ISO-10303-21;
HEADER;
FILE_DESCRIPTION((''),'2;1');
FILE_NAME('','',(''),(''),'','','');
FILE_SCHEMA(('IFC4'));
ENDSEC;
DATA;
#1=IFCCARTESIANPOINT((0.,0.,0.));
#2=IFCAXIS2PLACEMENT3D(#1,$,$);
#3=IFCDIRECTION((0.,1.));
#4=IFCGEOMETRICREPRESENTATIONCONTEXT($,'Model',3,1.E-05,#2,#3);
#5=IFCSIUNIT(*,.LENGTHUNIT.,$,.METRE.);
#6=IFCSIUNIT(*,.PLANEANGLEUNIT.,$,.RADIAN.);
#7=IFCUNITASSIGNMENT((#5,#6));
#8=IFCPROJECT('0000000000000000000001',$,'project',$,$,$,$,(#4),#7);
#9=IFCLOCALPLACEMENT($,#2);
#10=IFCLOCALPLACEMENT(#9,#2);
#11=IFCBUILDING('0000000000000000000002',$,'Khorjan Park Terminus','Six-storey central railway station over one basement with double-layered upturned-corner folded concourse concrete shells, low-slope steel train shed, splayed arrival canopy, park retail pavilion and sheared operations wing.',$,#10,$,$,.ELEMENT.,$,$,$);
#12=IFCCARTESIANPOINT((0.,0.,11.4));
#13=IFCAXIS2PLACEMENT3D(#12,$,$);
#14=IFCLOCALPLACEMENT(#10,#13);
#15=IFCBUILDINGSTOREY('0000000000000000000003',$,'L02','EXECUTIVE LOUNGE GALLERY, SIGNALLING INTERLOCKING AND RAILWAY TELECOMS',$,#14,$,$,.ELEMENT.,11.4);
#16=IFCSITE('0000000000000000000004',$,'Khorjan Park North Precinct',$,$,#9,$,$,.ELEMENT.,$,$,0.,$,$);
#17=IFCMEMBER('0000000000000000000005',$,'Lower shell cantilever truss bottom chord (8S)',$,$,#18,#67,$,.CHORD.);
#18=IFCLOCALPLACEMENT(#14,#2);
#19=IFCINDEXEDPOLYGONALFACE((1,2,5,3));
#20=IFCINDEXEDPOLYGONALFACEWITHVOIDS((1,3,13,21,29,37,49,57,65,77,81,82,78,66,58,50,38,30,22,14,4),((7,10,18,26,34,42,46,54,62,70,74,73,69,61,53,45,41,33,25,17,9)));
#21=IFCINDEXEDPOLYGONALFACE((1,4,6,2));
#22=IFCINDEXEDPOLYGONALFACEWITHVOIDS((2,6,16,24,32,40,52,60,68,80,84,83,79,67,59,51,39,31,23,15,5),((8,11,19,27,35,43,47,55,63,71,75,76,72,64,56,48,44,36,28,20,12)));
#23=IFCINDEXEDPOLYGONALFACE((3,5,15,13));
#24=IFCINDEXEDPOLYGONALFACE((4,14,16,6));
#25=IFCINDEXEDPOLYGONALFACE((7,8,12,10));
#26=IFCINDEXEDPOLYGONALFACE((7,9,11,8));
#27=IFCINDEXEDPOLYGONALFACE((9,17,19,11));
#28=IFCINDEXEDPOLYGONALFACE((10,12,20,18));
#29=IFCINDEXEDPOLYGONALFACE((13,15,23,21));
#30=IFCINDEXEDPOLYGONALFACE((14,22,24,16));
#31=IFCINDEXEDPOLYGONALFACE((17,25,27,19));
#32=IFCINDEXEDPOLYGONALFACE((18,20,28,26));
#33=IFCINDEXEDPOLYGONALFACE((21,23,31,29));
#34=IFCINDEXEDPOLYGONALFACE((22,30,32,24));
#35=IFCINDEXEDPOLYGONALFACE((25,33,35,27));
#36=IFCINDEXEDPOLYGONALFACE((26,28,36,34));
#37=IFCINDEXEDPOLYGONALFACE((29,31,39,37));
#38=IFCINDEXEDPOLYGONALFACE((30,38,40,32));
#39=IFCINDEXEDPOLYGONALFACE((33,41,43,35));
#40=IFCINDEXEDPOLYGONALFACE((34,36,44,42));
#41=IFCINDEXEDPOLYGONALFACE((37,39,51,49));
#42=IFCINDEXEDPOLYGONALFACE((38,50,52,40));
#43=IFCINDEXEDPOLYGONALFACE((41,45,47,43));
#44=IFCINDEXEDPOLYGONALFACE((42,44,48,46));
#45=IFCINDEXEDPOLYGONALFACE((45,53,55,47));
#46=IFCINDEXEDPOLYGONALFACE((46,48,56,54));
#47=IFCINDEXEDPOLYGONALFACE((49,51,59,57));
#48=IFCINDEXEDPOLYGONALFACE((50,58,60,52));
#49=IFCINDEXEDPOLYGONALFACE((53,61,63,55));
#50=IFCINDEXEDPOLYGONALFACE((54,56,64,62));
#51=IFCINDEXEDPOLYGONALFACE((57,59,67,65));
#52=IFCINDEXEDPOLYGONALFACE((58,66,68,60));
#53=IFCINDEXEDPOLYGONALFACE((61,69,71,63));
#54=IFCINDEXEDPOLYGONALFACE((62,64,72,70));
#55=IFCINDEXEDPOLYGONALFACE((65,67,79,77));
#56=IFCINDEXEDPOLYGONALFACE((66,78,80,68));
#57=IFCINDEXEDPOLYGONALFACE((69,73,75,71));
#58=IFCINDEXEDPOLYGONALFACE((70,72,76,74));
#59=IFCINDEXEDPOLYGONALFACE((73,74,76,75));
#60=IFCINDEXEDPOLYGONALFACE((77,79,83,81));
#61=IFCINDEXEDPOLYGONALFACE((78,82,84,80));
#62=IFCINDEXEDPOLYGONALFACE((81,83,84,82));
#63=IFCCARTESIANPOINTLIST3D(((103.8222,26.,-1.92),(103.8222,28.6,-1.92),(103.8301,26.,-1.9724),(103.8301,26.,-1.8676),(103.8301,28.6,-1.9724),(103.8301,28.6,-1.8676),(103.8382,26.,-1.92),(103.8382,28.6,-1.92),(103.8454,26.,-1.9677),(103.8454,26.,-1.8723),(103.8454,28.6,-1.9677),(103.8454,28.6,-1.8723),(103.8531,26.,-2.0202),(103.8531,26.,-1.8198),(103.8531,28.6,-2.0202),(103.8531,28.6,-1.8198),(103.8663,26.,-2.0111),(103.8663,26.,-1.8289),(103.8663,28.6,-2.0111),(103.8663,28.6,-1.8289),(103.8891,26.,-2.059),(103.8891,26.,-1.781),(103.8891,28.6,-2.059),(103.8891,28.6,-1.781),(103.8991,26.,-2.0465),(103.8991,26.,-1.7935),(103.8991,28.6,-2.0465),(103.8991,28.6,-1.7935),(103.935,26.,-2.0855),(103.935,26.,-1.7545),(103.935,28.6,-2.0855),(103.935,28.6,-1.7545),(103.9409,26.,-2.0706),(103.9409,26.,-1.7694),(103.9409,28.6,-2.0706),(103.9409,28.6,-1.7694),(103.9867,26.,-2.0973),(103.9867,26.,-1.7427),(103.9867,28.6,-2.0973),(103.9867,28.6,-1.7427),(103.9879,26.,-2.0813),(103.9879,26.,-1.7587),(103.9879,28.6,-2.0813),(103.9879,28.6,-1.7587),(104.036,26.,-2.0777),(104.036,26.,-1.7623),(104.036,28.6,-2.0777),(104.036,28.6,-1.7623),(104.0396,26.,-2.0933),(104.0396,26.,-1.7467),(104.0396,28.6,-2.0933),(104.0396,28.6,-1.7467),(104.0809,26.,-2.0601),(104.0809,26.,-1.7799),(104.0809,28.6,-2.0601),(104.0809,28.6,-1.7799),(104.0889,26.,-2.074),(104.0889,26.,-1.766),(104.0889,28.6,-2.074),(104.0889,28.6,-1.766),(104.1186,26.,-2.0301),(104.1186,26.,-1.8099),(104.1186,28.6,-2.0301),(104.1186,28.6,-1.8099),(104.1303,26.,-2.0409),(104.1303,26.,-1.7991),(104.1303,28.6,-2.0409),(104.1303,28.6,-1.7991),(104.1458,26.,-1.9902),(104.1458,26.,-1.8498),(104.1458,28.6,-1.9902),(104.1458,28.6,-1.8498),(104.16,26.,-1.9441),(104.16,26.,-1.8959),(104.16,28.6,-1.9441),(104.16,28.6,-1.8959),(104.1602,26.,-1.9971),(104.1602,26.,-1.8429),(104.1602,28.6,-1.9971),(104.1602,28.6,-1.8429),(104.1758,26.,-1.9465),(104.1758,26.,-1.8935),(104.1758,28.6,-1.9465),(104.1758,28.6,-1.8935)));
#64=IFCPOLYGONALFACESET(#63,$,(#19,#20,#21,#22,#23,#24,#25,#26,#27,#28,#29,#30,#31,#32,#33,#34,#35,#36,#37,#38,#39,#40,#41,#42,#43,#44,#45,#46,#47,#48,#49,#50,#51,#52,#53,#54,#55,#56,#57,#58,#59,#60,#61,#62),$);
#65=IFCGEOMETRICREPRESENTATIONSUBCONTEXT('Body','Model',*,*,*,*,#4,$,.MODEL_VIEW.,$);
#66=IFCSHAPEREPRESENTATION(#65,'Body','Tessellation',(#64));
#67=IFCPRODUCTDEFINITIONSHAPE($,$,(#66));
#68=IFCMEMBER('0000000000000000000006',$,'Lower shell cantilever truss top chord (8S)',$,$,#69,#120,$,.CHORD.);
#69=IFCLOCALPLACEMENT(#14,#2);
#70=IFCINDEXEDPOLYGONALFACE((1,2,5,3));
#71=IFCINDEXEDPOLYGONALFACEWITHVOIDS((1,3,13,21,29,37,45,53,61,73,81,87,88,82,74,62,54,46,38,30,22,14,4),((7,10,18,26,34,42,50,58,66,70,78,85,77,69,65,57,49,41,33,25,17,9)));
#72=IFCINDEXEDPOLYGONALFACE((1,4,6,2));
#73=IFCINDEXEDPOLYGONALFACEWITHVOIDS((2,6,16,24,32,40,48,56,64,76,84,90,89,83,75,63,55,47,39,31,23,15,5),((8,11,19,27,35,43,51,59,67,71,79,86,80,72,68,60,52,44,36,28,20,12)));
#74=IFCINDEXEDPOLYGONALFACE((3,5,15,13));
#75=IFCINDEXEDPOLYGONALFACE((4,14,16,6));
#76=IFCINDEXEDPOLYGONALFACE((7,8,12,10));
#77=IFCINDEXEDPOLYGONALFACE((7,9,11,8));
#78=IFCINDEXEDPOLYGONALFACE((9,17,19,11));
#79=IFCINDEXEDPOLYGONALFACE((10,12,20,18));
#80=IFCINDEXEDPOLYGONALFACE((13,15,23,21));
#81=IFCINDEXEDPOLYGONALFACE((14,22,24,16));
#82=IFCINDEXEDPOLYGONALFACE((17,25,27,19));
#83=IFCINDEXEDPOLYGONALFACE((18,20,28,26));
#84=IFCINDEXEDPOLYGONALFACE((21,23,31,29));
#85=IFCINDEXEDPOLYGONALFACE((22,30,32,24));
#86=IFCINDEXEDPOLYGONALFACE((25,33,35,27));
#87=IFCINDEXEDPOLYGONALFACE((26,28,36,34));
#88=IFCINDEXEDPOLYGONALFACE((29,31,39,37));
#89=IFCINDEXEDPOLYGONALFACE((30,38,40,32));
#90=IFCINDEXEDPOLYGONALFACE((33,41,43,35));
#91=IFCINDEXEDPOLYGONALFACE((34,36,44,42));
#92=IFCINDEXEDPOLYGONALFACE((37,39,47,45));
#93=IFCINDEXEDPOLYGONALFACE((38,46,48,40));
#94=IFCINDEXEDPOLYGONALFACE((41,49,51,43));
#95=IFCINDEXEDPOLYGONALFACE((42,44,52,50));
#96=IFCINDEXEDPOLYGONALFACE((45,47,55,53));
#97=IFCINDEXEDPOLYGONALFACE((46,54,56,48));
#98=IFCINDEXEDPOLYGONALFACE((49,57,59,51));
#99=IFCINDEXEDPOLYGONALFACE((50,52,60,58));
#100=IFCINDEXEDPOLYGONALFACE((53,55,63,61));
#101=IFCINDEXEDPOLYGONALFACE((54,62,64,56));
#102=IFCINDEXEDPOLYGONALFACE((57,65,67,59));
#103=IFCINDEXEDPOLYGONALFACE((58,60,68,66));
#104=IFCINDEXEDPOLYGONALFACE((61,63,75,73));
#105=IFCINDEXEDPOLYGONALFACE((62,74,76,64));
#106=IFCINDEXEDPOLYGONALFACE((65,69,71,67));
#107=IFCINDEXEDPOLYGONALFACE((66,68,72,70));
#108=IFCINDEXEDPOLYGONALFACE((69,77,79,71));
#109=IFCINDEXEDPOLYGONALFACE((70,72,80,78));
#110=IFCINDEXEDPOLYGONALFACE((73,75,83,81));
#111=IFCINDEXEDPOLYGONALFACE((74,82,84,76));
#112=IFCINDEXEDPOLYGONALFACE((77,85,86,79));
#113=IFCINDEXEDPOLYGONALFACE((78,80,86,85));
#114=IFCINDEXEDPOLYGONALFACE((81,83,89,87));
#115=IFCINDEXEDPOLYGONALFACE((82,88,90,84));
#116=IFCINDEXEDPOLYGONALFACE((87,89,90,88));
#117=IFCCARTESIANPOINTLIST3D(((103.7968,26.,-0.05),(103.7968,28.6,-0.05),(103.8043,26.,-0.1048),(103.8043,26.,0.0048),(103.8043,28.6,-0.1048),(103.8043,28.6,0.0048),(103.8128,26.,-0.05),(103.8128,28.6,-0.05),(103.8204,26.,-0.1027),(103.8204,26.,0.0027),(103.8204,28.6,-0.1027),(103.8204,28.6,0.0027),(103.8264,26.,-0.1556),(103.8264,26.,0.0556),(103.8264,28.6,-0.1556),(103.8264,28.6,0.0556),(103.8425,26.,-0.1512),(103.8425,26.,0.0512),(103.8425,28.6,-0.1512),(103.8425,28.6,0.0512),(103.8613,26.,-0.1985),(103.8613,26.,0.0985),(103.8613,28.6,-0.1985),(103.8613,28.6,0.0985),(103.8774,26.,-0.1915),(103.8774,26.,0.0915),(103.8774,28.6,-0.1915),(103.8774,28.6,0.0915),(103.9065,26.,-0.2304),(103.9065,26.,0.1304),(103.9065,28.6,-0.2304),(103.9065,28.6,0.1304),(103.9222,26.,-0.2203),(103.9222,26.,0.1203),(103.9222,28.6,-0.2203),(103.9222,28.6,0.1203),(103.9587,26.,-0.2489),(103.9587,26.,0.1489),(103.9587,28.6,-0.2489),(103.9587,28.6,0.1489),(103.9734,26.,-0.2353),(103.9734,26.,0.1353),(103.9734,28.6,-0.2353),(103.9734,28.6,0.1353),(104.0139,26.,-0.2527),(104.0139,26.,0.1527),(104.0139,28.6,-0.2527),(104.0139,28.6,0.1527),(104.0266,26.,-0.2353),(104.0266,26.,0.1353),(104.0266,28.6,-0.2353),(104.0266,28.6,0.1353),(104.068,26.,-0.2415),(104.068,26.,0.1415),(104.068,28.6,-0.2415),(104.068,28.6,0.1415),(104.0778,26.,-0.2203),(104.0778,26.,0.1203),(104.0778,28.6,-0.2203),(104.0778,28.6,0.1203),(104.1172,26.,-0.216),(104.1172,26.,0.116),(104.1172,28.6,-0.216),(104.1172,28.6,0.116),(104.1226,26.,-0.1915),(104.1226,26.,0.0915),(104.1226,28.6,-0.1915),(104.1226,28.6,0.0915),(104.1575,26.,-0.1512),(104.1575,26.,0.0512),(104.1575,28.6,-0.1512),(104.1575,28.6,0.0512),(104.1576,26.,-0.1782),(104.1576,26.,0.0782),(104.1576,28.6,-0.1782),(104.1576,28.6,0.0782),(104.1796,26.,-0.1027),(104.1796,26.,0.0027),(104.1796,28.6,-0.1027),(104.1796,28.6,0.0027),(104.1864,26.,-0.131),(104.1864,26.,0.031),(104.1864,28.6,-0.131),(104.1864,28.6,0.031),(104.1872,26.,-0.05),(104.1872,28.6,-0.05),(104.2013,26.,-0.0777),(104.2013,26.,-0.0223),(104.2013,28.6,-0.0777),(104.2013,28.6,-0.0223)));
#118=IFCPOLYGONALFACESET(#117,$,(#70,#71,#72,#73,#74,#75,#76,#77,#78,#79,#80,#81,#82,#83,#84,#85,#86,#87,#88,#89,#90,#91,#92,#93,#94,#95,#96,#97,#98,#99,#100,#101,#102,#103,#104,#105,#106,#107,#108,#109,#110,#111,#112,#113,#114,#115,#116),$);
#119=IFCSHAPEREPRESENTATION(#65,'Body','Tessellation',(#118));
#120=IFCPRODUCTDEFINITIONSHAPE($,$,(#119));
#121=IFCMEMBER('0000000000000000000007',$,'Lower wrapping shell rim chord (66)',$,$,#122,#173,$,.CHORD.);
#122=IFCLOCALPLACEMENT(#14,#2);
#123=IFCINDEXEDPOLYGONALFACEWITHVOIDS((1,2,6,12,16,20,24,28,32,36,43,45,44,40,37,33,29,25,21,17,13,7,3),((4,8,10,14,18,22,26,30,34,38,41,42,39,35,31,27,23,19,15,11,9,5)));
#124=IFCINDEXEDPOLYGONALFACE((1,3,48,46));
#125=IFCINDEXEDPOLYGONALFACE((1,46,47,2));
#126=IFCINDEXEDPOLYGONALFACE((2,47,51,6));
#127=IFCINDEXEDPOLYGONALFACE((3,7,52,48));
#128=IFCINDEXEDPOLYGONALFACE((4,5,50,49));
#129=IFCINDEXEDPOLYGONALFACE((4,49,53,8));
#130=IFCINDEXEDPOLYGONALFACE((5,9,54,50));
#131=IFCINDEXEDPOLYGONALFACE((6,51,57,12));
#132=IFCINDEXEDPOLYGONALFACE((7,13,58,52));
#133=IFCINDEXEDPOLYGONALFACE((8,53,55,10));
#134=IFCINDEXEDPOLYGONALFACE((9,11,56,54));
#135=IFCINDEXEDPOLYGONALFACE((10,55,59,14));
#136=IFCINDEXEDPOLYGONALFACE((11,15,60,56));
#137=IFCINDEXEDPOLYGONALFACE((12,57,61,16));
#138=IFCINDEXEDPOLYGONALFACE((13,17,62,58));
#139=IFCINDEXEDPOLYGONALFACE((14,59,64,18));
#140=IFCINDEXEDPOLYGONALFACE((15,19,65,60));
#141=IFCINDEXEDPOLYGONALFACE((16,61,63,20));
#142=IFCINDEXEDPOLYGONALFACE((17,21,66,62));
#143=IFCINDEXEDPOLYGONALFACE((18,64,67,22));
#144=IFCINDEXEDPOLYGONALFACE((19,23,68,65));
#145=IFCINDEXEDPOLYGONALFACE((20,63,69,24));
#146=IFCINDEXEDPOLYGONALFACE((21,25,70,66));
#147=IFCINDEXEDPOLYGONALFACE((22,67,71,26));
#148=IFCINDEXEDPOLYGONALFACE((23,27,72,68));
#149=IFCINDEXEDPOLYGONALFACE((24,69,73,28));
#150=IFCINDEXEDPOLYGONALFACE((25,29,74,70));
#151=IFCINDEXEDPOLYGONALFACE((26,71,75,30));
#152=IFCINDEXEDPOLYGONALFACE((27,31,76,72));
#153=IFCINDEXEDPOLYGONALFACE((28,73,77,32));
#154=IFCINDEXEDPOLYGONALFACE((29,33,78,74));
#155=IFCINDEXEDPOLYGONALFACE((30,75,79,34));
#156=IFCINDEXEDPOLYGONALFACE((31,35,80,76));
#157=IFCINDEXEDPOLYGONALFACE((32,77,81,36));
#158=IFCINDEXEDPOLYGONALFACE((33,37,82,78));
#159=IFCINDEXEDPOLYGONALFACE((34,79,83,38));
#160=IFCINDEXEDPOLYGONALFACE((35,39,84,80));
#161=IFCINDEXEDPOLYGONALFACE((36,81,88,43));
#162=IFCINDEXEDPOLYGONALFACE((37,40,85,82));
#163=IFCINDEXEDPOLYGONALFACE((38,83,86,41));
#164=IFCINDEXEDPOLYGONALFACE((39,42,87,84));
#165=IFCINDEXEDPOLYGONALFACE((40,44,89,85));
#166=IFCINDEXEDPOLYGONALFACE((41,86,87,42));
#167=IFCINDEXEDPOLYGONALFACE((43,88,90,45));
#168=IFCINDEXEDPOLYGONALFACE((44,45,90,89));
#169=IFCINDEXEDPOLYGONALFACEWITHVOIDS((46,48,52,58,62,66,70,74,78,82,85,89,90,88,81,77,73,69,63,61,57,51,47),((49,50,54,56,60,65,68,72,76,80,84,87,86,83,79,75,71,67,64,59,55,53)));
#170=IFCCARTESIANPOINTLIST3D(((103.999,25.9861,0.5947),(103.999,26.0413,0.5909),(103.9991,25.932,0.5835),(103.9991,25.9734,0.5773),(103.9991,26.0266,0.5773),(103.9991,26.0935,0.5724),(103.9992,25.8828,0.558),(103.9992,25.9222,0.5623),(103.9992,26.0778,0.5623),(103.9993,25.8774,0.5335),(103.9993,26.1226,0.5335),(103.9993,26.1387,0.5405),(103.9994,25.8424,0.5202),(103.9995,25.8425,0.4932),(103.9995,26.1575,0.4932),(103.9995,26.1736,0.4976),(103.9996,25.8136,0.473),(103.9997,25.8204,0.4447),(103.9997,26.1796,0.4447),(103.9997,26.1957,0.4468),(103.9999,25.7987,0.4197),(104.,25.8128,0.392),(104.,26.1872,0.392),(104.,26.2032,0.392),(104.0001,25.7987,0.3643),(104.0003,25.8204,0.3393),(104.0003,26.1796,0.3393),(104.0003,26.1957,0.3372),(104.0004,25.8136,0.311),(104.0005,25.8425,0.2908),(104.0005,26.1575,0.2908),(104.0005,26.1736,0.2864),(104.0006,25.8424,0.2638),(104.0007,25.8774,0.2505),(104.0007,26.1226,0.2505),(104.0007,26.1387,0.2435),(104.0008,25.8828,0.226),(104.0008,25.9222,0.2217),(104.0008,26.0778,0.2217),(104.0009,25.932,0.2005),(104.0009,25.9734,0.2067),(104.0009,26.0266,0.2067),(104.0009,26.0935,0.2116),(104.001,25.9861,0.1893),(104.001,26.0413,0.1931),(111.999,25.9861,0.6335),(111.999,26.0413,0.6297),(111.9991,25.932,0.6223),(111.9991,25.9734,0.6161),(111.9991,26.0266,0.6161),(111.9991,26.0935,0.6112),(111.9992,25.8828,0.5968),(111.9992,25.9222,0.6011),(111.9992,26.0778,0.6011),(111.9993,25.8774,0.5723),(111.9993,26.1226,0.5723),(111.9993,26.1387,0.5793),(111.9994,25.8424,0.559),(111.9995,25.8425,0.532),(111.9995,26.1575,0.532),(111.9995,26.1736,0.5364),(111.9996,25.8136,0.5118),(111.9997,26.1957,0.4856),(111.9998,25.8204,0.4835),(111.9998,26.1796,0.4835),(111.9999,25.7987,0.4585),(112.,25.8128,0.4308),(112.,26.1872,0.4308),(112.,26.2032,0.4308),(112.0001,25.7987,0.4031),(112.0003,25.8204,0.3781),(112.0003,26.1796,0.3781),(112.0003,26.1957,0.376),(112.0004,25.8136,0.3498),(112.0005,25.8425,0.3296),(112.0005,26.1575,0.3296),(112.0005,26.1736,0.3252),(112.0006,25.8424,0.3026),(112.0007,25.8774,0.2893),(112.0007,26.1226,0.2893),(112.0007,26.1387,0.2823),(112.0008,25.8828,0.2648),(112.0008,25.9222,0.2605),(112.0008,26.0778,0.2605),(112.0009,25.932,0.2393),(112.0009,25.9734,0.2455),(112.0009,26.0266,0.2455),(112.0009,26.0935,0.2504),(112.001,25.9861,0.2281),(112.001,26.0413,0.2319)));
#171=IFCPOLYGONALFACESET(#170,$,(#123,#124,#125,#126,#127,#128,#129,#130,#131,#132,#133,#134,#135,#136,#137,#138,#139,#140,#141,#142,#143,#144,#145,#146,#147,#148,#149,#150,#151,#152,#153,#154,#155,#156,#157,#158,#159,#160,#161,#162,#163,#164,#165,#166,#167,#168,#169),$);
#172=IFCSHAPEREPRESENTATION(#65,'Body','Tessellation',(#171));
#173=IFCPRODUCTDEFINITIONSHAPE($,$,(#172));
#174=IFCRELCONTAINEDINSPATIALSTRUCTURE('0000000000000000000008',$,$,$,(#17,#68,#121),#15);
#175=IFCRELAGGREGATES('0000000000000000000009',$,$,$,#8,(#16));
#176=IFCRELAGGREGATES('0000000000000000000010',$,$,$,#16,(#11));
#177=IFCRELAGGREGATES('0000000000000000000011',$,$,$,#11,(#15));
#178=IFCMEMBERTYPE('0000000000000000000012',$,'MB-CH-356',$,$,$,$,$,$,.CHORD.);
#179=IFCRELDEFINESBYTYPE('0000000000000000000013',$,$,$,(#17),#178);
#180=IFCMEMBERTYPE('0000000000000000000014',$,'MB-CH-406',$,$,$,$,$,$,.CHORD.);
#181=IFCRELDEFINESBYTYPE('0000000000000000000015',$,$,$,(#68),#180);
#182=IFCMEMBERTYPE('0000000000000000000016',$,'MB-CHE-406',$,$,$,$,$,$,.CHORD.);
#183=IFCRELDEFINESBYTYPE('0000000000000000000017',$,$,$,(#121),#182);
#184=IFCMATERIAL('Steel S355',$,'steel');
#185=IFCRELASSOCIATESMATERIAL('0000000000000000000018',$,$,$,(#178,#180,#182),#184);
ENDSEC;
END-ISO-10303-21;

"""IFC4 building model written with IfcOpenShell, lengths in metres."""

from ifc_helpers import new_model, si_unit, direction, frame, origin, origin_2d, place, context, subcontext, project, spatial, hollow_circle, extrude, material, material_profile, profile_set, type_object, element, save


model = new_model("IFC4")

# Units and contexts
model_context = context("Model", 3, precision=1e-05, world=origin(), true_north=direction((0.0, 1.0)))
body_context = subcontext(model_context, "Body", "Model", "MODEL_VIEW")
ifc_project = project(units=[si_unit("LENGTHUNIT", "METRE"), si_unit("PLANEANGLEUNIT", "RADIAN")], contexts=[model_context])

# Site, building, storey
site_placement = place(None, origin())
site = spatial("IfcSite", under=ifc_project, at=site_placement, Name="Khorjan Park North Precinct", CompositionType="ELEMENT", RefElevation=0.0)
building_placement = place(site_placement, origin())
building = spatial("IfcBuilding", under=site, at=building_placement, Name="Khorjan Park Terminus", Description="Six-storey central railway station over one basement with double-layered upturned-corner folded concourse concrete shells, low-slope steel train shed, splayed arrival canopy, park retail pavilion and sheared operations wing.", CompositionType="ELEMENT")
storey_placement = place(building_placement, frame((0.0, 0.0, 11.4)))
storey = spatial("IfcBuildingStorey", under=building, at=storey_placement, Name="L02", Description="EXECUTIVE LOUNGE GALLERY, SIGNALLING INTERLOCKING AND RAILWAY TELECOMS", CompositionType="ELEMENT", Elevation=11.4)

# Members
ifc_material_1 = material(Name="Steel S355", Category="steel")
ifc_material_profile_1 = material_profile(ifc_material_1, hollow_circle(Radius=0.1778, WallThickness=0.016, at=origin_2d()), Name="CHS 355.6x16")
ifc_profile_set_1 = profile_set([ifc_material_profile_1], Name="Steel S355")
member_type_1 = type_object("IfcMemberType", Name="MB-CH-356", PredefinedType="CHORD", material=ifc_profile_set_1)
member_1_placement = place(storey_placement, frame((104.0, 26.0, -1.92), z_axis=(0.0, 1.0, 0.0), x_axis=(-1.0, 0.0, 0.0)))
element("IfcMember", 1, at=member_1_placement, inside=storey, type_object=member_type_1, Name="Lower shell cantilever truss bottom chord (8S)", PredefinedType="CHORD", context=body_context, shape_type="SweptSolid", body=[
    extrude(hollow_circle(Radius=0.1778, WallThickness=0.016, at=origin_2d()), origin(), (0.0, 0.0, 1.0), 2.6),
])
ifc_material_profile_2 = material_profile(ifc_material_1, hollow_circle(Radius=0.2032, WallThickness=0.016, at=origin_2d()), Name="CHS 406.4x16")
ifc_profile_set_2 = profile_set([ifc_material_profile_2], Name="Steel S355")
member_type_2 = type_object("IfcMemberType", Name="MB-CH-406", PredefinedType="CHORD", material=ifc_profile_set_2)
member_2_placement = place(storey_placement, frame((104.0, 26.0, -0.05), z_axis=(0.0, 1.0, 0.0), x_axis=(-1.0, 0.0, 0.0)))
element("IfcMember", 2, at=member_2_placement, inside=storey, type_object=member_type_2, Name="Lower shell cantilever truss top chord (8S)", PredefinedType="CHORD", context=body_context, shape_type="SweptSolid", body=[
    extrude(hollow_circle(Radius=0.2032, WallThickness=0.016, at=origin_2d()), origin(), (0.0, 0.0, 1.0), 2.6),
])
ifc_material_profile_3 = material_profile(ifc_material_1, hollow_circle(Radius=0.2032, WallThickness=0.016, at=origin_2d()), Name="CHS 406.4x16")
ifc_profile_set_3 = profile_set([ifc_material_profile_3], Name="Steel S355")
member_type_3 = type_object("IfcMemberType", Name="MB-CHE-406", PredefinedType="CHORD", material=ifc_profile_set_3)
member_3_placement = place(storey_placement, frame((104.0, 26.0, 0.392), z_axis=(0.999988, 0.0, 0.00485), x_axis=(0.0, 1.0, 0.0)))
element("IfcMember", 3, at=member_3_placement, inside=storey, type_object=member_type_3, Name="Lower wrapping shell rim chord (66)", PredefinedType="CHORD", context=body_context, shape_type="SweptSolid", body=[
    extrude(hollow_circle(Radius=0.2032, WallThickness=0.016, at=origin_2d()), origin(), (0.0, 0.0, 1.0), 8.0001),
])

save(model, "model.ifc")
